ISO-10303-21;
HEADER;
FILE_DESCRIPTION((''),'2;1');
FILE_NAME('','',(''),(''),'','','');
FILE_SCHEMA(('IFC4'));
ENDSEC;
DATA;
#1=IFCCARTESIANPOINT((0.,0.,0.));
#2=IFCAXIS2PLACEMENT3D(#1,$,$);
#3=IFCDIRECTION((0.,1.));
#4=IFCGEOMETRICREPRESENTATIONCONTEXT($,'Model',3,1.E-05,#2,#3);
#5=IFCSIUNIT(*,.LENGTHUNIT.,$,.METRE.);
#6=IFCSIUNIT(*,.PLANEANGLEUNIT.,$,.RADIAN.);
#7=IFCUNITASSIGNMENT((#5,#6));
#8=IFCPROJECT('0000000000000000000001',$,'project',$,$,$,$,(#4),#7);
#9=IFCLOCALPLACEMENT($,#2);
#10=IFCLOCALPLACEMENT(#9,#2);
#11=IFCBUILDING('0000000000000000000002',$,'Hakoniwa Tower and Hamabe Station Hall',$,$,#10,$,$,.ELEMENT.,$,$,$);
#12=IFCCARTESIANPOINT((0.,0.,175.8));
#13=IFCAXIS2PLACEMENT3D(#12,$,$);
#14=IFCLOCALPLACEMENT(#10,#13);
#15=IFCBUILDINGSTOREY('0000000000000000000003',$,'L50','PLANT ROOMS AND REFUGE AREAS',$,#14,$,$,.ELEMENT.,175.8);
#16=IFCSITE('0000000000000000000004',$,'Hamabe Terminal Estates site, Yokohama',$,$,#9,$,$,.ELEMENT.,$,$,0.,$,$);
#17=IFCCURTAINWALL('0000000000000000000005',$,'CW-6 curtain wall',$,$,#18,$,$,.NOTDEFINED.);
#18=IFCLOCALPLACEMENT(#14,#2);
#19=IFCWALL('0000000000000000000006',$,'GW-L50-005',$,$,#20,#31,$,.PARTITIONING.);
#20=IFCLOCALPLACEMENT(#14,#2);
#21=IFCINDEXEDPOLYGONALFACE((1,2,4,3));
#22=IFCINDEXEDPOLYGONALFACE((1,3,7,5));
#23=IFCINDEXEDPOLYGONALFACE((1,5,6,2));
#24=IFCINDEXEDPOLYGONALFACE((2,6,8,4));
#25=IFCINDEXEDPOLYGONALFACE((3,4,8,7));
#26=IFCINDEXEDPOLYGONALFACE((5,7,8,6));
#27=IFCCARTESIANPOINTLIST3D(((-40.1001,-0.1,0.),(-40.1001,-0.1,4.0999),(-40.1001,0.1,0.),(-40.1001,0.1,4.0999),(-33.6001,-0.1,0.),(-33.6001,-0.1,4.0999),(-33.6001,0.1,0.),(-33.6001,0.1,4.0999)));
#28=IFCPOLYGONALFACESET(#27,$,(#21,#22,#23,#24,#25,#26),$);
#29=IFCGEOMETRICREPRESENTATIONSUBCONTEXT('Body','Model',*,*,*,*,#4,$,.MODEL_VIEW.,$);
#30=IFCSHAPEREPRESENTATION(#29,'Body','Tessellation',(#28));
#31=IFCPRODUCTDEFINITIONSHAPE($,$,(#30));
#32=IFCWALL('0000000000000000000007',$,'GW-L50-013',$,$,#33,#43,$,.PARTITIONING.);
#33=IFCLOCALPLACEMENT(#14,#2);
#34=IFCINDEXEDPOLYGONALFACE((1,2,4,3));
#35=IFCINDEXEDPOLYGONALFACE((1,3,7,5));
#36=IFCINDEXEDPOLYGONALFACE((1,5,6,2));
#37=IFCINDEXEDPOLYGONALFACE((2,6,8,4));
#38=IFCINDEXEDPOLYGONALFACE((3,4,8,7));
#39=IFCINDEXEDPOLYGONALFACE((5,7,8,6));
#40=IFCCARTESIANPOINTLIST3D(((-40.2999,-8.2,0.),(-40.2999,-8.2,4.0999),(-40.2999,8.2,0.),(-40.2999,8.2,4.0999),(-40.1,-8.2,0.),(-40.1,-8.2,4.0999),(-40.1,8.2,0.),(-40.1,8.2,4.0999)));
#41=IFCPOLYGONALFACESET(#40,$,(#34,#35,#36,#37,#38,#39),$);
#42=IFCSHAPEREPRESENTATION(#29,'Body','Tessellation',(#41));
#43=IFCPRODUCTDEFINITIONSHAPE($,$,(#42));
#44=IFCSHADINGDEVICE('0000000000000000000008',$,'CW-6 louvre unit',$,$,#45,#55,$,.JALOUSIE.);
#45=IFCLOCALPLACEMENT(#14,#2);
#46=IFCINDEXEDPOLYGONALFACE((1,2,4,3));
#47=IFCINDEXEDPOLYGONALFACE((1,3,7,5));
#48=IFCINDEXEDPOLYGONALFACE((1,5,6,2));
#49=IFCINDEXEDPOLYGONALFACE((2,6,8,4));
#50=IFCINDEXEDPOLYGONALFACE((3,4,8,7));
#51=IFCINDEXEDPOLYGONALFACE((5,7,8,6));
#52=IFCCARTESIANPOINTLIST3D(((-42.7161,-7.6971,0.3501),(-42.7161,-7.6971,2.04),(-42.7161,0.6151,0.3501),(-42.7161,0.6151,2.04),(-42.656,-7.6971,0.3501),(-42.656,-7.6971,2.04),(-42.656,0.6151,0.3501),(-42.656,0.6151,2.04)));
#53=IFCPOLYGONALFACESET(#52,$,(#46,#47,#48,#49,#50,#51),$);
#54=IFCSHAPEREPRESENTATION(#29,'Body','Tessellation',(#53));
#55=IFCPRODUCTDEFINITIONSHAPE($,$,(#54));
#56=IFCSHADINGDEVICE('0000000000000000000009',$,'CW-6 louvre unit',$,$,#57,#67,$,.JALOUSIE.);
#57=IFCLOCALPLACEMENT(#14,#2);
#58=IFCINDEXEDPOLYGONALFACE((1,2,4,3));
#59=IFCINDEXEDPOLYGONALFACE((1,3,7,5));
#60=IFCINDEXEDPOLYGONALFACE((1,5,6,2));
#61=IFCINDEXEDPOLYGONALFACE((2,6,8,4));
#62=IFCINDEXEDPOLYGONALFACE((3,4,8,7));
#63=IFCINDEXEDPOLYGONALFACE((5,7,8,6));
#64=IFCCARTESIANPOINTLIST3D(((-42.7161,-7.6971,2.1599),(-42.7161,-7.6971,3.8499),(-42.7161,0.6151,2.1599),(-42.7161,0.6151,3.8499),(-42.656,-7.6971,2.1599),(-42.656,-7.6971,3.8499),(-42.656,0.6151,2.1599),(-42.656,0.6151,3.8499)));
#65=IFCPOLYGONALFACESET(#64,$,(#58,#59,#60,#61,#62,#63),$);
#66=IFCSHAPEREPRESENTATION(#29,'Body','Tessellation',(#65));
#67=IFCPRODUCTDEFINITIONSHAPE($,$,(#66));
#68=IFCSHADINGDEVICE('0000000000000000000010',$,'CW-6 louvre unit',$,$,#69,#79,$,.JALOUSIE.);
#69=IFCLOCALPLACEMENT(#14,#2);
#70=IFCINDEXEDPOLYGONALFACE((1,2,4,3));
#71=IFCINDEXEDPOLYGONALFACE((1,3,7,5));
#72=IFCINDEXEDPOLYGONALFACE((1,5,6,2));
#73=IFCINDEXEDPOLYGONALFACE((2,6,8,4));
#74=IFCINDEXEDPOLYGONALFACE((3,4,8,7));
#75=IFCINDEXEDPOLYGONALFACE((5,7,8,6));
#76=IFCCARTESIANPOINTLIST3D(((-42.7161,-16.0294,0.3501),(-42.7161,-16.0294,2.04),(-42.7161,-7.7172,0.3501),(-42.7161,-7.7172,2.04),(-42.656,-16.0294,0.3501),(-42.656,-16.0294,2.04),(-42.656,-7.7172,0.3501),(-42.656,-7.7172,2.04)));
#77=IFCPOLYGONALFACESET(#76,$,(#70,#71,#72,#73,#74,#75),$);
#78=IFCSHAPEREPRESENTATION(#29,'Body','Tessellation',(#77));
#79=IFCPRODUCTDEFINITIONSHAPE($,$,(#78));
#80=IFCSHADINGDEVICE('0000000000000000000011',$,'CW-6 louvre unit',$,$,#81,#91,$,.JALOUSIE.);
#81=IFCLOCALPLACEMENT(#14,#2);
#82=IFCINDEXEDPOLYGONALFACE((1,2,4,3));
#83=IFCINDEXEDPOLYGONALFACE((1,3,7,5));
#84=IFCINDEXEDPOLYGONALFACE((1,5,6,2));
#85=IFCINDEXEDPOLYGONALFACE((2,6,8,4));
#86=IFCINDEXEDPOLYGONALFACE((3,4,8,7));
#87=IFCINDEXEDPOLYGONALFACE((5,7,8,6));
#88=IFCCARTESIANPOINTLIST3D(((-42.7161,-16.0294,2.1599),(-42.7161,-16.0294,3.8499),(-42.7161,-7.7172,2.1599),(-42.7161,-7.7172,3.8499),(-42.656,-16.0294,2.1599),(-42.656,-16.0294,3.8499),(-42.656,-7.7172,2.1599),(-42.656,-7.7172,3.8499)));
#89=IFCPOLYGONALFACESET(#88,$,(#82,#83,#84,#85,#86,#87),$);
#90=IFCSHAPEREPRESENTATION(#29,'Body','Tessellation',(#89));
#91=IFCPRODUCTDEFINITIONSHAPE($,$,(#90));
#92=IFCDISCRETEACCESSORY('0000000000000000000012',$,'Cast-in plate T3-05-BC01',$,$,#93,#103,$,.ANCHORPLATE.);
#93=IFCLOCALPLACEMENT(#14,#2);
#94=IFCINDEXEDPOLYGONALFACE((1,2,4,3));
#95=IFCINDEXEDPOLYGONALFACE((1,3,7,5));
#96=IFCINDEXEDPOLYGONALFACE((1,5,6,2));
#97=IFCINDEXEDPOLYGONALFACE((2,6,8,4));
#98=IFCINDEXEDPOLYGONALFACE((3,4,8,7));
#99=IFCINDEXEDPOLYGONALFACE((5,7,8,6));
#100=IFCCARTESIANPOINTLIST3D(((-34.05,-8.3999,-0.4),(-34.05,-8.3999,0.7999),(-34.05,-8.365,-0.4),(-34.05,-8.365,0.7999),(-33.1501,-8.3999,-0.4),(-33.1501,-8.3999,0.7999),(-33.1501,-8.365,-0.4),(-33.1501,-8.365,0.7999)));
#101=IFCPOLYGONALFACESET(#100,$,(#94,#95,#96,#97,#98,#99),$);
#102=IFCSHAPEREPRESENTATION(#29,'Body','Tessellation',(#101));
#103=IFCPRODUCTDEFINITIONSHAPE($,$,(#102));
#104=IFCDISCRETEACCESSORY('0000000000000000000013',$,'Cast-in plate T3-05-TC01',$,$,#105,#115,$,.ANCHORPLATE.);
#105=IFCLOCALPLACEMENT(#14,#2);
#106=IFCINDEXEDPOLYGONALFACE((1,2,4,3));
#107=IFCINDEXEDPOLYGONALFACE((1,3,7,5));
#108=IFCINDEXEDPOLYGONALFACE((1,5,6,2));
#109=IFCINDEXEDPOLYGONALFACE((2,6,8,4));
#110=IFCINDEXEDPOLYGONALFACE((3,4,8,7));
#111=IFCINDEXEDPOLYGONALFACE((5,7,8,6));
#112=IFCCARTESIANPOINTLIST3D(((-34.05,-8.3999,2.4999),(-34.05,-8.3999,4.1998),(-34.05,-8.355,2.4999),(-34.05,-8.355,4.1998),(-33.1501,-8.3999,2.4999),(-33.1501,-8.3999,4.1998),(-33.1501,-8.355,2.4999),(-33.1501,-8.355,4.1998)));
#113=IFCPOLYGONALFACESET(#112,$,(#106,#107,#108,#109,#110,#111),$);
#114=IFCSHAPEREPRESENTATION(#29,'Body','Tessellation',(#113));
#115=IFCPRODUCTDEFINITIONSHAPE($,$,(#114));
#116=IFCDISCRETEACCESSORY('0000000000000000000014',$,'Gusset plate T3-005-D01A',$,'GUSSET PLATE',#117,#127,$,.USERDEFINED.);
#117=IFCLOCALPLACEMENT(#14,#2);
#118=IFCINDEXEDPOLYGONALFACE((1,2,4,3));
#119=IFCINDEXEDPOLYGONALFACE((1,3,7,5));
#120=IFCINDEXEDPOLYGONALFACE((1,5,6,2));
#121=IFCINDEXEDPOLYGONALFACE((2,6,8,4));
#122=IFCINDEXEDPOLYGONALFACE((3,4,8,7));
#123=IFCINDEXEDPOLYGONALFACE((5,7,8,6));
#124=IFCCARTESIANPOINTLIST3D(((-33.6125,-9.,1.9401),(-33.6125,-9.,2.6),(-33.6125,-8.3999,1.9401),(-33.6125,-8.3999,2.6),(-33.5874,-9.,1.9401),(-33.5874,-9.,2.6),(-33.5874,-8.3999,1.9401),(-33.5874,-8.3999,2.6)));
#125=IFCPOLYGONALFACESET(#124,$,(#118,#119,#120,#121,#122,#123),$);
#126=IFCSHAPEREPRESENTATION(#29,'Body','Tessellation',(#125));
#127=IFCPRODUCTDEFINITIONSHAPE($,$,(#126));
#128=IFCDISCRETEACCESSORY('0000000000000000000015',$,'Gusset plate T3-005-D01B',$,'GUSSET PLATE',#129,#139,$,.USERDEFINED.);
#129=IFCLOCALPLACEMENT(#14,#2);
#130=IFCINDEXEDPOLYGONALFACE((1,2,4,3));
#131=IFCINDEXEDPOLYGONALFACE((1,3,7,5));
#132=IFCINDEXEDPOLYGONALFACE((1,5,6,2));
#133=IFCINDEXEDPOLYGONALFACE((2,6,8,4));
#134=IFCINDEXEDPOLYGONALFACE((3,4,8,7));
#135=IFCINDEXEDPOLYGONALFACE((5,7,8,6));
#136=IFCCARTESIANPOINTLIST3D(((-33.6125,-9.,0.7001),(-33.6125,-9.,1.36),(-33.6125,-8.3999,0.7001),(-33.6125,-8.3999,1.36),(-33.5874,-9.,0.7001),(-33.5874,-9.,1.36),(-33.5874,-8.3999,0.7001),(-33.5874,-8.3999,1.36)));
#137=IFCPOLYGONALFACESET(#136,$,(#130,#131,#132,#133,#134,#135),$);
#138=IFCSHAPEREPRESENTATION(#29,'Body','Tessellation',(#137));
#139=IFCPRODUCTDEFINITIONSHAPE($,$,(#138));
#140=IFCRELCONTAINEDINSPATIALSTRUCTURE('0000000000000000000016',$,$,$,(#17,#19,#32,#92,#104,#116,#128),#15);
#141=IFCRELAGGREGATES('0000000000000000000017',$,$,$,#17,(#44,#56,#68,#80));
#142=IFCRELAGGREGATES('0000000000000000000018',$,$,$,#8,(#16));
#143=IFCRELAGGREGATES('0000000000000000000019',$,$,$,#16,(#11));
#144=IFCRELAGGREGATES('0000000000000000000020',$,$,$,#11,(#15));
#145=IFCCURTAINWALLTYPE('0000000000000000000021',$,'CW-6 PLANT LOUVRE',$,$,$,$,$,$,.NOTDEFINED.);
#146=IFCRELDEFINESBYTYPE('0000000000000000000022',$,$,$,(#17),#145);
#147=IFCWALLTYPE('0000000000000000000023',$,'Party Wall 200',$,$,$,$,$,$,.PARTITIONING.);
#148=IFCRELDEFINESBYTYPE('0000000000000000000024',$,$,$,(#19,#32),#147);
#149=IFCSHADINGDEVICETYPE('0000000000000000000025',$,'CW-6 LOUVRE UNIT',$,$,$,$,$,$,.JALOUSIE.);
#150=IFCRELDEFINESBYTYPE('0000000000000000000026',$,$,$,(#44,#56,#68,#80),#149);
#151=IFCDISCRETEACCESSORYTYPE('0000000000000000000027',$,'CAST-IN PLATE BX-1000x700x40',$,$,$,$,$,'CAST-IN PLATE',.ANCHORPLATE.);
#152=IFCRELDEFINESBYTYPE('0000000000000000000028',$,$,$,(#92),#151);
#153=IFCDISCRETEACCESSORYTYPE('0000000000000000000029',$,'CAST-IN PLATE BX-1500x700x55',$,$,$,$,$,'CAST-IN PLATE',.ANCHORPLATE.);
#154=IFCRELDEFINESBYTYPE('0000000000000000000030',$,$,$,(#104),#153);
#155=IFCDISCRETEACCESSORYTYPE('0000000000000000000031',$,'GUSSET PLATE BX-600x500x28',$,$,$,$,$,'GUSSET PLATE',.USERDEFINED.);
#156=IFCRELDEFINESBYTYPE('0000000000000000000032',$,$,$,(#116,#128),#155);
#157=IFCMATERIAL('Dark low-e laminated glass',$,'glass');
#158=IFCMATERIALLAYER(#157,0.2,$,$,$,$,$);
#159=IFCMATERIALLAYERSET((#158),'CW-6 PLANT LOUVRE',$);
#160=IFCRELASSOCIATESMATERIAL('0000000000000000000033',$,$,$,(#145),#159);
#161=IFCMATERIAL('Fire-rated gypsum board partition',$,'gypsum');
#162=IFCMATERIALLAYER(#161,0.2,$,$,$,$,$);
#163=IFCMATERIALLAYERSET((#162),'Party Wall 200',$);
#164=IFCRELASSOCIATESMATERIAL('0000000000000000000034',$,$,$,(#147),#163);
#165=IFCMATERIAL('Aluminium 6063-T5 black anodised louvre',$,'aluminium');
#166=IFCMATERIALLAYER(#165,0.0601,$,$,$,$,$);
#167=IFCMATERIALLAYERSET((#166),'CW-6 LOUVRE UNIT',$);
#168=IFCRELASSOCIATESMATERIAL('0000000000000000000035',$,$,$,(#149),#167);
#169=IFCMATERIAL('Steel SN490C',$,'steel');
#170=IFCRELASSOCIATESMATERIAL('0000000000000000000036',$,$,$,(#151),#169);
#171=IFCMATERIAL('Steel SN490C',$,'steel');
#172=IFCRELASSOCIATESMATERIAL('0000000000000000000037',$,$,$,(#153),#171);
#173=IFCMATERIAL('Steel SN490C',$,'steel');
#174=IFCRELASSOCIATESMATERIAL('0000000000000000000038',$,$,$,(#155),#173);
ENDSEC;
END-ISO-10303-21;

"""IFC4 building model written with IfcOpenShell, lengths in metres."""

from ifc_helpers import new_model, si_unit, direction, frame, frame_2d, origin, origin_2d, place, context, subcontext, project, spatial, rectangle, extrude, material, layer, layer_set, material_profile, profile_set, type_object, element, aggregate, save


model = new_model("IFC4")

# Units and contexts
model_context = context("Model", 3, precision=1e-05, world=origin(), true_north=direction((0.0, 1.0)))
body_context = subcontext(model_context, "Body", "Model", "MODEL_VIEW")
ifc_project = project(units=[si_unit("LENGTHUNIT", "METRE"), si_unit("PLANEANGLEUNIT", "RADIAN")], contexts=[model_context])

# Site, building, storey
site_placement = place(None, origin())
site = spatial("IfcSite", under=ifc_project, at=site_placement, Name="Hamabe Terminal Estates site, Yokohama", CompositionType="ELEMENT", RefElevation=0.0)
building_placement = place(site_placement, origin())
building = spatial("IfcBuilding", under=site, at=building_placement, Name="Hakoniwa Tower and Hamabe Station Hall", CompositionType="ELEMENT")
storey_placement = place(building_placement, frame((0.0, 0.0, 175.8)))
storey = spatial("IfcBuildingStorey", under=building, at=storey_placement, Name="L50", Description="PLANT ROOMS AND REFUGE AREAS", CompositionType="ELEMENT", Elevation=175.8)

# Curtain wall
ifc_material_1 = material(Name="Dark low-e laminated glass", Category="glass")
ifc_layer_1 = layer(ifc_material_1, 0.2)
ifc_layer_set_1 = layer_set([ifc_layer_1], Name="CW-6 PLANT LOUVRE")
curtain_wall_type = type_object("IfcCurtainWallType", Name="CW-6 PLANT LOUVRE", PredefinedType="NOTDEFINED", material=ifc_layer_set_1)
curtain_wall_placement = place(storey_placement, origin())
curtain_wall = element("IfcCurtainWall", 1, at=curtain_wall_placement, inside=storey, type_object=curtain_wall_type, Name="CW-6 curtain wall", PredefinedType="NOTDEFINED")

# Walls
ifc_material_2 = material(Name="Fire-rated gypsum board partition", Category="gypsum")
ifc_layer_2 = layer(ifc_material_2, 0.2)
ifc_layer_set_2 = layer_set([ifc_layer_2], Name="Party Wall 200")
wall_type_1 = type_object("IfcWallType", Name="Party Wall 200", PredefinedType="PARTITIONING", material=ifc_layer_set_2)
wall_1_placement = place(storey_placement, frame((-40.1001, 0.0, 0.0), z_axis=(0.0, 0.0, 1.0), x_axis=(1.0, 0.0, 0.0)))
element("IfcWall", 2, at=wall_1_placement, inside=storey, type_object=wall_type_1, Name="GW-L50-005", PredefinedType="PARTITIONING", context=body_context, shape_type="SweptSolid", body=[
    extrude(rectangle(XDim=6.5, YDim=0.2, at=frame_2d((3.25, 0.0))), origin(), (0.0, 0.0, 1.0), 4.0999),
])
wall_2_placement = place(storey_placement, frame((-40.2, -8.2, 0.0), z_axis=(0.0, 0.0, 1.0), x_axis=(0.0, 1.0, 0.0)))
element("IfcWall", 3, at=wall_2_placement, inside=storey, type_object=wall_type_1, Name="GW-L50-013", PredefinedType="PARTITIONING", context=body_context, shape_type="SweptSolid", body=[
    extrude(rectangle(XDim=16.3999, YDim=0.2, at=frame_2d((8.2, 0.0))), origin(), (0.0, 0.0, 1.0), 4.0999),
])

# Shading devices
ifc_material_3 = material(Name="Aluminium 6063-T5 black anodised louvre", Category="aluminium")
ifc_layer_3 = layer(ifc_material_3, 0.0601)
ifc_layer_set_3 = layer_set([ifc_layer_3], Name="CW-6 LOUVRE UNIT")
shading_device_type = type_object("IfcShadingDeviceType", Name="CW-6 LOUVRE UNIT", PredefinedType="JALOUSIE", material=ifc_layer_set_3)
shading_device_1_placement = place(storey_placement, frame((-42.686, -3.541, 0.3501), z_axis=(0.0, 0.0, 1.0), x_axis=(0.0, -1.0, 0.0)))
shading_device_1 = element("IfcShadingDevice", 4, at=shading_device_1_placement, type_object=shading_device_type, Name="CW-6 louvre unit", PredefinedType="JALOUSIE", context=body_context, shape_type="SweptSolid", body=[
    extrude(rectangle(XDim=8.3123, YDim=0.0601, at=origin_2d()), origin(), (0.0, 0.0, 1.0), 1.6899),
])
shading_device_2_placement = place(storey_placement, frame((-42.686, -3.541, 2.1599), z_axis=(0.0, 0.0, 1.0), x_axis=(0.0, -1.0, 0.0)))
shading_device_2 = element("IfcShadingDevice", 5, at=shading_device_2_placement, type_object=shading_device_type, Name="CW-6 louvre unit", PredefinedType="JALOUSIE", context=body_context, shape_type="SweptSolid", body=[
    extrude(rectangle(XDim=8.3123, YDim=0.0601, at=origin_2d()), origin(), (0.0, 0.0, 1.0), 1.6899),
])
shading_device_3_placement = place(storey_placement, frame((-42.686, -11.8733, 0.3501), z_axis=(0.0, 0.0, 1.0), x_axis=(0.0, -1.0, 0.0)))
shading_device_3 = element("IfcShadingDevice", 6, at=shading_device_3_placement, type_object=shading_device_type, Name="CW-6 louvre unit", PredefinedType="JALOUSIE", context=body_context, shape_type="SweptSolid", body=[
    extrude(rectangle(XDim=8.3123, YDim=0.0601, at=origin_2d()), origin(), (0.0, 0.0, 1.0), 1.6899),
])
shading_device_4_placement = place(storey_placement, frame((-42.686, -11.8733, 2.1599), z_axis=(0.0, 0.0, 1.0), x_axis=(0.0, -1.0, 0.0)))
shading_device_4 = element("IfcShadingDevice", 7, at=shading_device_4_placement, type_object=shading_device_type, Name="CW-6 louvre unit", PredefinedType="JALOUSIE", context=body_context, shape_type="SweptSolid", body=[
    extrude(rectangle(XDim=8.3123, YDim=0.0601, at=origin_2d()), origin(), (0.0, 0.0, 1.0), 1.6899),
])
aggregate(curtain_wall, [shading_device_1, shading_device_2, shading_device_3, shading_device_4])

# Discrete accessories
ifc_material_4 = material(Name="Steel SN490C", Category="steel")
ifc_material_profile_1 = material_profile(ifc_material_4, rectangle(XDim=0.8999, YDim=1.2, at=origin_2d()), Name="CAST-IN PLATE BX-1000x700x40")
ifc_profile_set_1 = profile_set([ifc_material_profile_1], Name="Steel SN490C")
discrete_accessory_type_1 = type_object("IfcDiscreteAccessoryType", Name="CAST-IN PLATE BX-1000x700x40", ElementType="CAST-IN PLATE", PredefinedType="ANCHORPLATE", material=ifc_profile_set_1)
discrete_accessory_1_placement = place(storey_placement, frame((-33.6001, -8.365, 0.2), z_axis=(0.0, -1.0, 0.0), x_axis=(1.0, 0.0, 0.0)))
element("IfcDiscreteAccessory", 8, at=discrete_accessory_1_placement, inside=storey, type_object=discrete_accessory_type_1, Name="Cast-in plate T3-05-BC01", PredefinedType="ANCHORPLATE", context=body_context, shape_type="SweptSolid", body=[
    extrude(rectangle(XDim=0.8999, YDim=1.2, at=origin_2d()), origin(), (0.0, 0.0, 1.0), 0.0349),
])
ifc_material_5 = material(Name="Steel SN490C", Category="steel")
ifc_material_profile_2 = material_profile(ifc_material_5, rectangle(XDim=0.8999, YDim=1.7, at=origin_2d()), Name="CAST-IN PLATE BX-1500x700x55")
ifc_profile_set_2 = profile_set([ifc_material_profile_2], Name="Steel SN490C")
discrete_accessory_type_2 = type_object("IfcDiscreteAccessoryType", Name="CAST-IN PLATE BX-1500x700x55", ElementType="CAST-IN PLATE", PredefinedType="ANCHORPLATE", material=ifc_profile_set_2)
discrete_accessory_2_placement = place(storey_placement, frame((-33.6001, -8.355, 3.3499), z_axis=(0.0, -1.0, 0.0), x_axis=(1.0, 0.0, 0.0)))
element("IfcDiscreteAccessory", 9, at=discrete_accessory_2_placement, inside=storey, type_object=discrete_accessory_type_2, Name="Cast-in plate T3-05-TC01", PredefinedType="ANCHORPLATE", context=body_context, shape_type="SweptSolid", body=[
    extrude(rectangle(XDim=0.8999, YDim=1.7, at=origin_2d()), origin(), (0.0, 0.0, 1.0), 0.0449),
])
ifc_material_6 = material(Name="Steel SN490C", Category="steel")
ifc_material_profile_3 = material_profile(ifc_material_6, rectangle(XDim=0.6001, YDim=0.6599, at=origin_2d()), Name="GUSSET PLATE BX-600x500x28")
ifc_profile_set_3 = profile_set([ifc_material_profile_3], Name="Steel SN490C")
discrete_accessory_type_3 = type_object("IfcDiscreteAccessoryType", Name="GUSSET PLATE BX-600x500x28", ElementType="GUSSET PLATE", PredefinedType="USERDEFINED", material=ifc_profile_set_3)
for number, where, z_axis, x_axis, name in (
    (10, (-33.5874, -8.7, 2.27), (-1.0, 0.0, 0.0), (0.0, -1.0, 0.0), "Gusset plate T3-005-D01A"),
    (11, (-33.5874, -8.7, 1.03), (-1.0, 0.0, 0.0), (0.0, -1.0, 0.0), "Gusset plate T3-005-D01B"),
):
    element("IfcDiscreteAccessory", number, at=place(storey_placement, frame(where, z_axis=z_axis, x_axis=x_axis)), inside=storey, type_object=discrete_accessory_type_3, Name=name, ObjectType="GUSSET PLATE", PredefinedType="USERDEFINED", context=body_context, shape_type="SweptSolid", body=[
        extrude(rectangle(XDim=0.6001, YDim=0.6599, at=origin_2d()), origin(), (0.0, 0.0, 1.0), 0.0251),
    ])

save(model, "model.ifc")
